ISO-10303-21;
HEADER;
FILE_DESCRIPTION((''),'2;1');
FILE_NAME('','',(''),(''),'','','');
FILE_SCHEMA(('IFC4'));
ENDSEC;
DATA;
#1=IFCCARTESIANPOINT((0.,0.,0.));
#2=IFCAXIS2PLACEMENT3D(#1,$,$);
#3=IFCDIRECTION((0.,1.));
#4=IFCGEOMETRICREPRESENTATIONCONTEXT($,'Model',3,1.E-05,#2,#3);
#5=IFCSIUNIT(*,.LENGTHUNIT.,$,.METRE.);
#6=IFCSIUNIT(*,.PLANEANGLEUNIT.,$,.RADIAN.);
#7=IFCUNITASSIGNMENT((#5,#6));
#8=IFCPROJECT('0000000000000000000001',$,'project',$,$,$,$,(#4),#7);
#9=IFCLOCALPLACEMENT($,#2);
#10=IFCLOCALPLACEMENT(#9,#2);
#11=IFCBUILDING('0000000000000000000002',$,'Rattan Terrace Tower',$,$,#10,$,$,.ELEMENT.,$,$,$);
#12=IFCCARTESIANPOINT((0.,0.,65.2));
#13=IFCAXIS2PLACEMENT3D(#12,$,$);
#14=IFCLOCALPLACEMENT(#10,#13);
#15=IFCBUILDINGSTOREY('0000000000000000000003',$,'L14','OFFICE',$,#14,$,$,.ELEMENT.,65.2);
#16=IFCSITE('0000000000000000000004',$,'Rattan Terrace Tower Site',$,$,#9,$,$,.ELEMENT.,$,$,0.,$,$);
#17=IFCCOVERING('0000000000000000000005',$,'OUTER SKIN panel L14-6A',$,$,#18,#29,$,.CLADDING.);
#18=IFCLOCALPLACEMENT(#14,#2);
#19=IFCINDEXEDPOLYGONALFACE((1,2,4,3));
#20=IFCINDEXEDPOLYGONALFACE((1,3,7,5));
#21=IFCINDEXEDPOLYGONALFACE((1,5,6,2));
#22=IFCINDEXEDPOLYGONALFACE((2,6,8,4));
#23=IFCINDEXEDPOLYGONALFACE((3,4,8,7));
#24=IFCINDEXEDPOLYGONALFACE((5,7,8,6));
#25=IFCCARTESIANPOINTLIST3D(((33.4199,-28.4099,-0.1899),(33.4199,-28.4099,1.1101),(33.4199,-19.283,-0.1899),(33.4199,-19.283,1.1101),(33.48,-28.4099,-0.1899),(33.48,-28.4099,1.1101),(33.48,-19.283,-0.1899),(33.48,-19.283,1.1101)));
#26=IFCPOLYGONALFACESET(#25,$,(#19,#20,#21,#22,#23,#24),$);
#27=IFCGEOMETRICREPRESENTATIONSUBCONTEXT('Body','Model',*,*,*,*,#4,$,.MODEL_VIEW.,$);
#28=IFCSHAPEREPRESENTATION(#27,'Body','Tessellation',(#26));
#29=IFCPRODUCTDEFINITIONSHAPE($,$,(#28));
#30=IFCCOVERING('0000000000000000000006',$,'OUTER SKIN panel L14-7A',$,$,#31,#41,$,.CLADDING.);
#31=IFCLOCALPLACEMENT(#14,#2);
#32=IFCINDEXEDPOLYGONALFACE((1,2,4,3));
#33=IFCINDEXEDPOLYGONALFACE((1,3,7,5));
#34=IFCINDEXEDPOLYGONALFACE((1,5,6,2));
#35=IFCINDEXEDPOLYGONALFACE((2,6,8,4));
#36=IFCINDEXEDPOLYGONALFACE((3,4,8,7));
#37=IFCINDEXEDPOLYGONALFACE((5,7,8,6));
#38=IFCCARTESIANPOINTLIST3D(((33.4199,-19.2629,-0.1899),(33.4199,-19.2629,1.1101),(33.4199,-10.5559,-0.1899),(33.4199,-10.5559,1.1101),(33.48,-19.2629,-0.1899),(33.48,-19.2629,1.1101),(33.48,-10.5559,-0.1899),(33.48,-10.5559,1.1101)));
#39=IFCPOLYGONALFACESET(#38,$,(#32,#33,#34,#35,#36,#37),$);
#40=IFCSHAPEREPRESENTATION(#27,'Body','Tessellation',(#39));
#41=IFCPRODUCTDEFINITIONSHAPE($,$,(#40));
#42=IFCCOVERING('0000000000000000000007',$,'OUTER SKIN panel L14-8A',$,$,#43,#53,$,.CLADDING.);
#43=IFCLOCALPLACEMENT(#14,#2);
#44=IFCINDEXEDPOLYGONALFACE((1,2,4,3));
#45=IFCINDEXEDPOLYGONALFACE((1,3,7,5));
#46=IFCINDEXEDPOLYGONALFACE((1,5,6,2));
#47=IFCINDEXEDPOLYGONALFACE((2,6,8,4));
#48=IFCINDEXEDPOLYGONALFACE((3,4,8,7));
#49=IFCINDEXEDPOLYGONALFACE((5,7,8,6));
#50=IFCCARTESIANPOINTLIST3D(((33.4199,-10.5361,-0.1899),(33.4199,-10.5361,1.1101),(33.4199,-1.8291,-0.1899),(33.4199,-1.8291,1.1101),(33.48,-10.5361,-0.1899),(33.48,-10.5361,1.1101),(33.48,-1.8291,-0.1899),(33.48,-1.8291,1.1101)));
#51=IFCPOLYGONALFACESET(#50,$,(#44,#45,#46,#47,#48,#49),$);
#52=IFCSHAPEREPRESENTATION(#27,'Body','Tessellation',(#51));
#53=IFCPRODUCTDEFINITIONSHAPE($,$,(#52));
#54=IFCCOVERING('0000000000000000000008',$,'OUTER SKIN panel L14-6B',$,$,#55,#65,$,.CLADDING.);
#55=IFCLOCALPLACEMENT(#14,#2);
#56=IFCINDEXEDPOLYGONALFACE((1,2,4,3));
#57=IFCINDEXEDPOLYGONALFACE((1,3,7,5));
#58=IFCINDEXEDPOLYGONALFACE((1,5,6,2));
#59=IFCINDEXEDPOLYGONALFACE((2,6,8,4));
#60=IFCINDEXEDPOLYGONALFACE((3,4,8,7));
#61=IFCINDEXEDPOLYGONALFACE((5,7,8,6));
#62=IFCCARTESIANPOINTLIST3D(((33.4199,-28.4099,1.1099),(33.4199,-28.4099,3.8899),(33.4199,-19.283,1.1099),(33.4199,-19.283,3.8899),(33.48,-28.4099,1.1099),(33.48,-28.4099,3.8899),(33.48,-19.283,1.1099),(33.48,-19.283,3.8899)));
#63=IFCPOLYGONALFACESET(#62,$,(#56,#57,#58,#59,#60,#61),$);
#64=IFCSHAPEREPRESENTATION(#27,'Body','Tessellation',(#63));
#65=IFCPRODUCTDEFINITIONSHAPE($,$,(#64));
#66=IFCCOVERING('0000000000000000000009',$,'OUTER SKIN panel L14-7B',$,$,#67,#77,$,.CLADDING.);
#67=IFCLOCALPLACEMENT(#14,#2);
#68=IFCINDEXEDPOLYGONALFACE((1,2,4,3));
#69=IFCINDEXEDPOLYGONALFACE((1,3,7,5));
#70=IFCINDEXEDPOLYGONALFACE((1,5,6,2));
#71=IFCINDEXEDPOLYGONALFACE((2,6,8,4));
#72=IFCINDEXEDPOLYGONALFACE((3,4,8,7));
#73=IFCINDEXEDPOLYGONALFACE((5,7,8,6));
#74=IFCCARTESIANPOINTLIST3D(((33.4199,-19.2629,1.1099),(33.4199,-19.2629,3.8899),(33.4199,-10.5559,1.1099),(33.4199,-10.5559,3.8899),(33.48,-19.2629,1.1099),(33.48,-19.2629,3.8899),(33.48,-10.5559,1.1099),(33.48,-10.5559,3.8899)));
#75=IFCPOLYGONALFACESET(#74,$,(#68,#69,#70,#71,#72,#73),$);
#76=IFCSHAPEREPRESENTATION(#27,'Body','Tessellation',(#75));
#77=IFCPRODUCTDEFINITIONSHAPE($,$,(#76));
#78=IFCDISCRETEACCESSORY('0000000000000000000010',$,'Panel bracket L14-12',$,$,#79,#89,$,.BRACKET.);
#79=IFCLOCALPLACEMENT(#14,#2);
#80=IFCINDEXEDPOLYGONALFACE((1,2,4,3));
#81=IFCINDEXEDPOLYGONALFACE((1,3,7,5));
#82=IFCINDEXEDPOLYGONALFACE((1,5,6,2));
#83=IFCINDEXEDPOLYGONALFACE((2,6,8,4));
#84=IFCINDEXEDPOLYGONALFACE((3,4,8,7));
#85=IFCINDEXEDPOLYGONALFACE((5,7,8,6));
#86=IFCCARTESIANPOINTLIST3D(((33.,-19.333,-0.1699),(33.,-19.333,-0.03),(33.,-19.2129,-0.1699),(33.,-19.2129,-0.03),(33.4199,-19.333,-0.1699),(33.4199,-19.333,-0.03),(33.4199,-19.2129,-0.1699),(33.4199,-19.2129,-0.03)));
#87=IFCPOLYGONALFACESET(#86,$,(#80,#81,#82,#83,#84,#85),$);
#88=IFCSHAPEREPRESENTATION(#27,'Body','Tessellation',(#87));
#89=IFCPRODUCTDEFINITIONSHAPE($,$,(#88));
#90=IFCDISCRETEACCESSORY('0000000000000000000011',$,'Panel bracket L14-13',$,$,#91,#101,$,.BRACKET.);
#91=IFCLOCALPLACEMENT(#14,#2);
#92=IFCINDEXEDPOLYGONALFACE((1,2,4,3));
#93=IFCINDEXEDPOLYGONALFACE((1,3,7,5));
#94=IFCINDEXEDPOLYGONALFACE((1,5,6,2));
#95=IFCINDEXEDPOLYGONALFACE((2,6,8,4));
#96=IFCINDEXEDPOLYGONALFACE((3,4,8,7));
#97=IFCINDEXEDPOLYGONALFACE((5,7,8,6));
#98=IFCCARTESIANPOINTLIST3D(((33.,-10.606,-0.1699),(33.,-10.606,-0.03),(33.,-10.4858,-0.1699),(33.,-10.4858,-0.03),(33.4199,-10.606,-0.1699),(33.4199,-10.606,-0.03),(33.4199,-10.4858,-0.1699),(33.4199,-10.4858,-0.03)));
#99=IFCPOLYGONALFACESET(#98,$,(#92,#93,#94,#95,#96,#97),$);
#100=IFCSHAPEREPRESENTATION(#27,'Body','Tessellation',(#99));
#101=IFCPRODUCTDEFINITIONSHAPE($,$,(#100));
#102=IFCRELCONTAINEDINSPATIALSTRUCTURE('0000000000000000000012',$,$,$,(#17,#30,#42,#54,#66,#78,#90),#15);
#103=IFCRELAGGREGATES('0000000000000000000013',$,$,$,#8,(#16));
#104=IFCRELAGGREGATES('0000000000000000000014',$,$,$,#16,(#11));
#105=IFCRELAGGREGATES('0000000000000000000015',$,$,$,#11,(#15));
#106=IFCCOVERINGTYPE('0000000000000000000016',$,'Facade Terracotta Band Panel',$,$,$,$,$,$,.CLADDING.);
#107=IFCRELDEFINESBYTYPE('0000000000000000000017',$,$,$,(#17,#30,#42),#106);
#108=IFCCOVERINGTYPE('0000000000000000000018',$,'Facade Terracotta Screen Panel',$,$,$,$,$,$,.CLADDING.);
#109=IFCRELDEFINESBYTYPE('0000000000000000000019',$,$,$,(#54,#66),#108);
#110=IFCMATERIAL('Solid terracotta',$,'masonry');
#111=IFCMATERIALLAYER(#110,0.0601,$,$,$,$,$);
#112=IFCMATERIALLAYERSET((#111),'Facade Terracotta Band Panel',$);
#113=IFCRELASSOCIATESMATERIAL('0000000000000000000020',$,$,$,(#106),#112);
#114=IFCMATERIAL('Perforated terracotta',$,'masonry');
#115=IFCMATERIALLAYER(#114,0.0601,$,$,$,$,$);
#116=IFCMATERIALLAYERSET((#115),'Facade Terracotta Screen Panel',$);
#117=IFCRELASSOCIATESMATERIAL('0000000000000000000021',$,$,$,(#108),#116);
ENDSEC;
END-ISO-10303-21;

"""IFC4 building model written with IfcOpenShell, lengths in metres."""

from ifc_helpers import new_model, si_unit, direction, frame, origin, origin_2d, place, context, subcontext, project, spatial, rectangle, extrude, material, layer, layer_set, type_object, element, save


model = new_model("IFC4")

# Units and contexts
model_context = context("Model", 3, precision=1e-05, world=origin(), true_north=direction((0.0, 1.0)))
body_context = subcontext(model_context, "Body", "Model", "MODEL_VIEW")
ifc_project = project(units=[si_unit("LENGTHUNIT", "METRE"), si_unit("PLANEANGLEUNIT", "RADIAN")], contexts=[model_context])

# Site, building, storey
site_placement = place(None, origin())
site = spatial("IfcSite", under=ifc_project, at=site_placement, Name="Rattan Terrace Tower Site", CompositionType="ELEMENT", RefElevation=0.0)
building_placement = place(site_placement, origin())
building = spatial("IfcBuilding", under=site, at=building_placement, Name="Rattan Terrace Tower", CompositionType="ELEMENT")
storey_placement = place(building_placement, frame((0.0, 0.0, 65.2)))
storey = spatial("IfcBuildingStorey", under=building, at=storey_placement, Name="L14", Description="OFFICE", CompositionType="ELEMENT", Elevation=65.2)

# Coverings
ifc_material_1 = material(Name="Solid terracotta", Category="masonry")
ifc_layer_1 = layer(ifc_material_1, 0.0601)
ifc_layer_set_1 = layer_set([ifc_layer_1], Name="Facade Terracotta Band Panel")
covering_type_1 = type_object("IfcCoveringType", Name="Facade Terracotta Band Panel", PredefinedType="CLADDING", material=ifc_layer_set_1)
covering_1_placement = place(storey_placement, frame((33.45, -23.8464, -0.1899), z_axis=(0.0, 0.0, 1.0), x_axis=(0.0, 1.0, 0.0)))
element("IfcCovering", 1, at=covering_1_placement, inside=storey, type_object=covering_type_1, Name="OUTER SKIN panel L14-6A", PredefinedType="CLADDING", context=body_context, shape_type="SweptSolid", body=[
    extrude(rectangle(XDim=9.127, YDim=0.0601, at=origin_2d()), origin(), (0.0, 0.0, 1.0), 1.3),
])
for number, where, z_axis, x_axis, name in (
    (2, (33.45, -14.9094, -0.1899), (0.0, 0.0, 1.0), (0.0, 1.0, 0.0), "OUTER SKIN panel L14-7A"),
    (3, (33.45, -6.1826, -0.1899), (0.0, 0.0, 1.0), (0.0, 1.0, 0.0), "OUTER SKIN panel L14-8A"),
):
    element("IfcCovering", number, at=place(storey_placement, frame(where, z_axis=z_axis, x_axis=x_axis)), inside=storey, type_object=covering_type_1, Name=name, PredefinedType="CLADDING", context=body_context, shape_type="SweptSolid", body=[
        extrude(rectangle(XDim=8.707, YDim=0.0601, at=origin_2d()), origin(), (0.0, 0.0, 1.0), 1.3),
    ])
ifc_material_2 = material(Name="Perforated terracotta", Category="masonry")
ifc_layer_2 = layer(ifc_material_2, 0.0601)
ifc_layer_set_2 = layer_set([ifc_layer_2], Name="Facade Terracotta Screen Panel")
covering_type_2 = type_object("IfcCoveringType", Name="Facade Terracotta Screen Panel", PredefinedType="CLADDING", material=ifc_layer_set_2)
covering_2_placement = place(storey_placement, frame((33.45, -23.8464, 1.1099), z_axis=(0.0, 0.0, 1.0), x_axis=(0.0, 1.0, 0.0)))
element("IfcCovering", 4, at=covering_2_placement, inside=storey, type_object=covering_type_2, Name="OUTER SKIN panel L14-6B", PredefinedType="CLADDING", context=body_context, shape_type="SweptSolid", body=[
    extrude(rectangle(XDim=9.127, YDim=0.0601, at=origin_2d()), origin(), (0.0, 0.0, 1.0), 2.78),
])
covering_3_placement = place(storey_placement, frame((33.45, -14.9094, 1.1099), z_axis=(0.0, 0.0, 1.0), x_axis=(0.0, 1.0, 0.0)))
element("IfcCovering", 5, at=covering_3_placement, inside=storey, type_object=covering_type_2, Name="OUTER SKIN panel L14-7B", PredefinedType="CLADDING", context=body_context, shape_type="SweptSolid", body=[
    extrude(rectangle(XDim=8.707, YDim=0.0601, at=origin_2d()), origin(), (0.0, 0.0, 1.0), 2.78),
])

# Discrete accessories
for number, where, z_axis, x_axis, name in (
    (6, (33.21, -19.2729, -0.1699), (0.0, 0.0, 1.0), (0.0, 1.0, 0.0), "Panel bracket L14-12"),
    (7, (33.21, -10.5459, -0.1699), (0.0, 0.0, 1.0), (0.0, 1.0, 0.0), "Panel bracket L14-13"),
):
    element("IfcDiscreteAccessory", number, at=place(storey_placement, frame(where, z_axis=z_axis, x_axis=x_axis)), inside=storey, Name=name, PredefinedType="BRACKET", context=body_context, shape_type="SweptSolid", body=[
        extrude(rectangle(XDim=0.1201, YDim=0.4199, at=origin_2d()), origin(), (0.0, 0.0, 1.0), 0.1399),
    ])

save(model, "model.ifc")
